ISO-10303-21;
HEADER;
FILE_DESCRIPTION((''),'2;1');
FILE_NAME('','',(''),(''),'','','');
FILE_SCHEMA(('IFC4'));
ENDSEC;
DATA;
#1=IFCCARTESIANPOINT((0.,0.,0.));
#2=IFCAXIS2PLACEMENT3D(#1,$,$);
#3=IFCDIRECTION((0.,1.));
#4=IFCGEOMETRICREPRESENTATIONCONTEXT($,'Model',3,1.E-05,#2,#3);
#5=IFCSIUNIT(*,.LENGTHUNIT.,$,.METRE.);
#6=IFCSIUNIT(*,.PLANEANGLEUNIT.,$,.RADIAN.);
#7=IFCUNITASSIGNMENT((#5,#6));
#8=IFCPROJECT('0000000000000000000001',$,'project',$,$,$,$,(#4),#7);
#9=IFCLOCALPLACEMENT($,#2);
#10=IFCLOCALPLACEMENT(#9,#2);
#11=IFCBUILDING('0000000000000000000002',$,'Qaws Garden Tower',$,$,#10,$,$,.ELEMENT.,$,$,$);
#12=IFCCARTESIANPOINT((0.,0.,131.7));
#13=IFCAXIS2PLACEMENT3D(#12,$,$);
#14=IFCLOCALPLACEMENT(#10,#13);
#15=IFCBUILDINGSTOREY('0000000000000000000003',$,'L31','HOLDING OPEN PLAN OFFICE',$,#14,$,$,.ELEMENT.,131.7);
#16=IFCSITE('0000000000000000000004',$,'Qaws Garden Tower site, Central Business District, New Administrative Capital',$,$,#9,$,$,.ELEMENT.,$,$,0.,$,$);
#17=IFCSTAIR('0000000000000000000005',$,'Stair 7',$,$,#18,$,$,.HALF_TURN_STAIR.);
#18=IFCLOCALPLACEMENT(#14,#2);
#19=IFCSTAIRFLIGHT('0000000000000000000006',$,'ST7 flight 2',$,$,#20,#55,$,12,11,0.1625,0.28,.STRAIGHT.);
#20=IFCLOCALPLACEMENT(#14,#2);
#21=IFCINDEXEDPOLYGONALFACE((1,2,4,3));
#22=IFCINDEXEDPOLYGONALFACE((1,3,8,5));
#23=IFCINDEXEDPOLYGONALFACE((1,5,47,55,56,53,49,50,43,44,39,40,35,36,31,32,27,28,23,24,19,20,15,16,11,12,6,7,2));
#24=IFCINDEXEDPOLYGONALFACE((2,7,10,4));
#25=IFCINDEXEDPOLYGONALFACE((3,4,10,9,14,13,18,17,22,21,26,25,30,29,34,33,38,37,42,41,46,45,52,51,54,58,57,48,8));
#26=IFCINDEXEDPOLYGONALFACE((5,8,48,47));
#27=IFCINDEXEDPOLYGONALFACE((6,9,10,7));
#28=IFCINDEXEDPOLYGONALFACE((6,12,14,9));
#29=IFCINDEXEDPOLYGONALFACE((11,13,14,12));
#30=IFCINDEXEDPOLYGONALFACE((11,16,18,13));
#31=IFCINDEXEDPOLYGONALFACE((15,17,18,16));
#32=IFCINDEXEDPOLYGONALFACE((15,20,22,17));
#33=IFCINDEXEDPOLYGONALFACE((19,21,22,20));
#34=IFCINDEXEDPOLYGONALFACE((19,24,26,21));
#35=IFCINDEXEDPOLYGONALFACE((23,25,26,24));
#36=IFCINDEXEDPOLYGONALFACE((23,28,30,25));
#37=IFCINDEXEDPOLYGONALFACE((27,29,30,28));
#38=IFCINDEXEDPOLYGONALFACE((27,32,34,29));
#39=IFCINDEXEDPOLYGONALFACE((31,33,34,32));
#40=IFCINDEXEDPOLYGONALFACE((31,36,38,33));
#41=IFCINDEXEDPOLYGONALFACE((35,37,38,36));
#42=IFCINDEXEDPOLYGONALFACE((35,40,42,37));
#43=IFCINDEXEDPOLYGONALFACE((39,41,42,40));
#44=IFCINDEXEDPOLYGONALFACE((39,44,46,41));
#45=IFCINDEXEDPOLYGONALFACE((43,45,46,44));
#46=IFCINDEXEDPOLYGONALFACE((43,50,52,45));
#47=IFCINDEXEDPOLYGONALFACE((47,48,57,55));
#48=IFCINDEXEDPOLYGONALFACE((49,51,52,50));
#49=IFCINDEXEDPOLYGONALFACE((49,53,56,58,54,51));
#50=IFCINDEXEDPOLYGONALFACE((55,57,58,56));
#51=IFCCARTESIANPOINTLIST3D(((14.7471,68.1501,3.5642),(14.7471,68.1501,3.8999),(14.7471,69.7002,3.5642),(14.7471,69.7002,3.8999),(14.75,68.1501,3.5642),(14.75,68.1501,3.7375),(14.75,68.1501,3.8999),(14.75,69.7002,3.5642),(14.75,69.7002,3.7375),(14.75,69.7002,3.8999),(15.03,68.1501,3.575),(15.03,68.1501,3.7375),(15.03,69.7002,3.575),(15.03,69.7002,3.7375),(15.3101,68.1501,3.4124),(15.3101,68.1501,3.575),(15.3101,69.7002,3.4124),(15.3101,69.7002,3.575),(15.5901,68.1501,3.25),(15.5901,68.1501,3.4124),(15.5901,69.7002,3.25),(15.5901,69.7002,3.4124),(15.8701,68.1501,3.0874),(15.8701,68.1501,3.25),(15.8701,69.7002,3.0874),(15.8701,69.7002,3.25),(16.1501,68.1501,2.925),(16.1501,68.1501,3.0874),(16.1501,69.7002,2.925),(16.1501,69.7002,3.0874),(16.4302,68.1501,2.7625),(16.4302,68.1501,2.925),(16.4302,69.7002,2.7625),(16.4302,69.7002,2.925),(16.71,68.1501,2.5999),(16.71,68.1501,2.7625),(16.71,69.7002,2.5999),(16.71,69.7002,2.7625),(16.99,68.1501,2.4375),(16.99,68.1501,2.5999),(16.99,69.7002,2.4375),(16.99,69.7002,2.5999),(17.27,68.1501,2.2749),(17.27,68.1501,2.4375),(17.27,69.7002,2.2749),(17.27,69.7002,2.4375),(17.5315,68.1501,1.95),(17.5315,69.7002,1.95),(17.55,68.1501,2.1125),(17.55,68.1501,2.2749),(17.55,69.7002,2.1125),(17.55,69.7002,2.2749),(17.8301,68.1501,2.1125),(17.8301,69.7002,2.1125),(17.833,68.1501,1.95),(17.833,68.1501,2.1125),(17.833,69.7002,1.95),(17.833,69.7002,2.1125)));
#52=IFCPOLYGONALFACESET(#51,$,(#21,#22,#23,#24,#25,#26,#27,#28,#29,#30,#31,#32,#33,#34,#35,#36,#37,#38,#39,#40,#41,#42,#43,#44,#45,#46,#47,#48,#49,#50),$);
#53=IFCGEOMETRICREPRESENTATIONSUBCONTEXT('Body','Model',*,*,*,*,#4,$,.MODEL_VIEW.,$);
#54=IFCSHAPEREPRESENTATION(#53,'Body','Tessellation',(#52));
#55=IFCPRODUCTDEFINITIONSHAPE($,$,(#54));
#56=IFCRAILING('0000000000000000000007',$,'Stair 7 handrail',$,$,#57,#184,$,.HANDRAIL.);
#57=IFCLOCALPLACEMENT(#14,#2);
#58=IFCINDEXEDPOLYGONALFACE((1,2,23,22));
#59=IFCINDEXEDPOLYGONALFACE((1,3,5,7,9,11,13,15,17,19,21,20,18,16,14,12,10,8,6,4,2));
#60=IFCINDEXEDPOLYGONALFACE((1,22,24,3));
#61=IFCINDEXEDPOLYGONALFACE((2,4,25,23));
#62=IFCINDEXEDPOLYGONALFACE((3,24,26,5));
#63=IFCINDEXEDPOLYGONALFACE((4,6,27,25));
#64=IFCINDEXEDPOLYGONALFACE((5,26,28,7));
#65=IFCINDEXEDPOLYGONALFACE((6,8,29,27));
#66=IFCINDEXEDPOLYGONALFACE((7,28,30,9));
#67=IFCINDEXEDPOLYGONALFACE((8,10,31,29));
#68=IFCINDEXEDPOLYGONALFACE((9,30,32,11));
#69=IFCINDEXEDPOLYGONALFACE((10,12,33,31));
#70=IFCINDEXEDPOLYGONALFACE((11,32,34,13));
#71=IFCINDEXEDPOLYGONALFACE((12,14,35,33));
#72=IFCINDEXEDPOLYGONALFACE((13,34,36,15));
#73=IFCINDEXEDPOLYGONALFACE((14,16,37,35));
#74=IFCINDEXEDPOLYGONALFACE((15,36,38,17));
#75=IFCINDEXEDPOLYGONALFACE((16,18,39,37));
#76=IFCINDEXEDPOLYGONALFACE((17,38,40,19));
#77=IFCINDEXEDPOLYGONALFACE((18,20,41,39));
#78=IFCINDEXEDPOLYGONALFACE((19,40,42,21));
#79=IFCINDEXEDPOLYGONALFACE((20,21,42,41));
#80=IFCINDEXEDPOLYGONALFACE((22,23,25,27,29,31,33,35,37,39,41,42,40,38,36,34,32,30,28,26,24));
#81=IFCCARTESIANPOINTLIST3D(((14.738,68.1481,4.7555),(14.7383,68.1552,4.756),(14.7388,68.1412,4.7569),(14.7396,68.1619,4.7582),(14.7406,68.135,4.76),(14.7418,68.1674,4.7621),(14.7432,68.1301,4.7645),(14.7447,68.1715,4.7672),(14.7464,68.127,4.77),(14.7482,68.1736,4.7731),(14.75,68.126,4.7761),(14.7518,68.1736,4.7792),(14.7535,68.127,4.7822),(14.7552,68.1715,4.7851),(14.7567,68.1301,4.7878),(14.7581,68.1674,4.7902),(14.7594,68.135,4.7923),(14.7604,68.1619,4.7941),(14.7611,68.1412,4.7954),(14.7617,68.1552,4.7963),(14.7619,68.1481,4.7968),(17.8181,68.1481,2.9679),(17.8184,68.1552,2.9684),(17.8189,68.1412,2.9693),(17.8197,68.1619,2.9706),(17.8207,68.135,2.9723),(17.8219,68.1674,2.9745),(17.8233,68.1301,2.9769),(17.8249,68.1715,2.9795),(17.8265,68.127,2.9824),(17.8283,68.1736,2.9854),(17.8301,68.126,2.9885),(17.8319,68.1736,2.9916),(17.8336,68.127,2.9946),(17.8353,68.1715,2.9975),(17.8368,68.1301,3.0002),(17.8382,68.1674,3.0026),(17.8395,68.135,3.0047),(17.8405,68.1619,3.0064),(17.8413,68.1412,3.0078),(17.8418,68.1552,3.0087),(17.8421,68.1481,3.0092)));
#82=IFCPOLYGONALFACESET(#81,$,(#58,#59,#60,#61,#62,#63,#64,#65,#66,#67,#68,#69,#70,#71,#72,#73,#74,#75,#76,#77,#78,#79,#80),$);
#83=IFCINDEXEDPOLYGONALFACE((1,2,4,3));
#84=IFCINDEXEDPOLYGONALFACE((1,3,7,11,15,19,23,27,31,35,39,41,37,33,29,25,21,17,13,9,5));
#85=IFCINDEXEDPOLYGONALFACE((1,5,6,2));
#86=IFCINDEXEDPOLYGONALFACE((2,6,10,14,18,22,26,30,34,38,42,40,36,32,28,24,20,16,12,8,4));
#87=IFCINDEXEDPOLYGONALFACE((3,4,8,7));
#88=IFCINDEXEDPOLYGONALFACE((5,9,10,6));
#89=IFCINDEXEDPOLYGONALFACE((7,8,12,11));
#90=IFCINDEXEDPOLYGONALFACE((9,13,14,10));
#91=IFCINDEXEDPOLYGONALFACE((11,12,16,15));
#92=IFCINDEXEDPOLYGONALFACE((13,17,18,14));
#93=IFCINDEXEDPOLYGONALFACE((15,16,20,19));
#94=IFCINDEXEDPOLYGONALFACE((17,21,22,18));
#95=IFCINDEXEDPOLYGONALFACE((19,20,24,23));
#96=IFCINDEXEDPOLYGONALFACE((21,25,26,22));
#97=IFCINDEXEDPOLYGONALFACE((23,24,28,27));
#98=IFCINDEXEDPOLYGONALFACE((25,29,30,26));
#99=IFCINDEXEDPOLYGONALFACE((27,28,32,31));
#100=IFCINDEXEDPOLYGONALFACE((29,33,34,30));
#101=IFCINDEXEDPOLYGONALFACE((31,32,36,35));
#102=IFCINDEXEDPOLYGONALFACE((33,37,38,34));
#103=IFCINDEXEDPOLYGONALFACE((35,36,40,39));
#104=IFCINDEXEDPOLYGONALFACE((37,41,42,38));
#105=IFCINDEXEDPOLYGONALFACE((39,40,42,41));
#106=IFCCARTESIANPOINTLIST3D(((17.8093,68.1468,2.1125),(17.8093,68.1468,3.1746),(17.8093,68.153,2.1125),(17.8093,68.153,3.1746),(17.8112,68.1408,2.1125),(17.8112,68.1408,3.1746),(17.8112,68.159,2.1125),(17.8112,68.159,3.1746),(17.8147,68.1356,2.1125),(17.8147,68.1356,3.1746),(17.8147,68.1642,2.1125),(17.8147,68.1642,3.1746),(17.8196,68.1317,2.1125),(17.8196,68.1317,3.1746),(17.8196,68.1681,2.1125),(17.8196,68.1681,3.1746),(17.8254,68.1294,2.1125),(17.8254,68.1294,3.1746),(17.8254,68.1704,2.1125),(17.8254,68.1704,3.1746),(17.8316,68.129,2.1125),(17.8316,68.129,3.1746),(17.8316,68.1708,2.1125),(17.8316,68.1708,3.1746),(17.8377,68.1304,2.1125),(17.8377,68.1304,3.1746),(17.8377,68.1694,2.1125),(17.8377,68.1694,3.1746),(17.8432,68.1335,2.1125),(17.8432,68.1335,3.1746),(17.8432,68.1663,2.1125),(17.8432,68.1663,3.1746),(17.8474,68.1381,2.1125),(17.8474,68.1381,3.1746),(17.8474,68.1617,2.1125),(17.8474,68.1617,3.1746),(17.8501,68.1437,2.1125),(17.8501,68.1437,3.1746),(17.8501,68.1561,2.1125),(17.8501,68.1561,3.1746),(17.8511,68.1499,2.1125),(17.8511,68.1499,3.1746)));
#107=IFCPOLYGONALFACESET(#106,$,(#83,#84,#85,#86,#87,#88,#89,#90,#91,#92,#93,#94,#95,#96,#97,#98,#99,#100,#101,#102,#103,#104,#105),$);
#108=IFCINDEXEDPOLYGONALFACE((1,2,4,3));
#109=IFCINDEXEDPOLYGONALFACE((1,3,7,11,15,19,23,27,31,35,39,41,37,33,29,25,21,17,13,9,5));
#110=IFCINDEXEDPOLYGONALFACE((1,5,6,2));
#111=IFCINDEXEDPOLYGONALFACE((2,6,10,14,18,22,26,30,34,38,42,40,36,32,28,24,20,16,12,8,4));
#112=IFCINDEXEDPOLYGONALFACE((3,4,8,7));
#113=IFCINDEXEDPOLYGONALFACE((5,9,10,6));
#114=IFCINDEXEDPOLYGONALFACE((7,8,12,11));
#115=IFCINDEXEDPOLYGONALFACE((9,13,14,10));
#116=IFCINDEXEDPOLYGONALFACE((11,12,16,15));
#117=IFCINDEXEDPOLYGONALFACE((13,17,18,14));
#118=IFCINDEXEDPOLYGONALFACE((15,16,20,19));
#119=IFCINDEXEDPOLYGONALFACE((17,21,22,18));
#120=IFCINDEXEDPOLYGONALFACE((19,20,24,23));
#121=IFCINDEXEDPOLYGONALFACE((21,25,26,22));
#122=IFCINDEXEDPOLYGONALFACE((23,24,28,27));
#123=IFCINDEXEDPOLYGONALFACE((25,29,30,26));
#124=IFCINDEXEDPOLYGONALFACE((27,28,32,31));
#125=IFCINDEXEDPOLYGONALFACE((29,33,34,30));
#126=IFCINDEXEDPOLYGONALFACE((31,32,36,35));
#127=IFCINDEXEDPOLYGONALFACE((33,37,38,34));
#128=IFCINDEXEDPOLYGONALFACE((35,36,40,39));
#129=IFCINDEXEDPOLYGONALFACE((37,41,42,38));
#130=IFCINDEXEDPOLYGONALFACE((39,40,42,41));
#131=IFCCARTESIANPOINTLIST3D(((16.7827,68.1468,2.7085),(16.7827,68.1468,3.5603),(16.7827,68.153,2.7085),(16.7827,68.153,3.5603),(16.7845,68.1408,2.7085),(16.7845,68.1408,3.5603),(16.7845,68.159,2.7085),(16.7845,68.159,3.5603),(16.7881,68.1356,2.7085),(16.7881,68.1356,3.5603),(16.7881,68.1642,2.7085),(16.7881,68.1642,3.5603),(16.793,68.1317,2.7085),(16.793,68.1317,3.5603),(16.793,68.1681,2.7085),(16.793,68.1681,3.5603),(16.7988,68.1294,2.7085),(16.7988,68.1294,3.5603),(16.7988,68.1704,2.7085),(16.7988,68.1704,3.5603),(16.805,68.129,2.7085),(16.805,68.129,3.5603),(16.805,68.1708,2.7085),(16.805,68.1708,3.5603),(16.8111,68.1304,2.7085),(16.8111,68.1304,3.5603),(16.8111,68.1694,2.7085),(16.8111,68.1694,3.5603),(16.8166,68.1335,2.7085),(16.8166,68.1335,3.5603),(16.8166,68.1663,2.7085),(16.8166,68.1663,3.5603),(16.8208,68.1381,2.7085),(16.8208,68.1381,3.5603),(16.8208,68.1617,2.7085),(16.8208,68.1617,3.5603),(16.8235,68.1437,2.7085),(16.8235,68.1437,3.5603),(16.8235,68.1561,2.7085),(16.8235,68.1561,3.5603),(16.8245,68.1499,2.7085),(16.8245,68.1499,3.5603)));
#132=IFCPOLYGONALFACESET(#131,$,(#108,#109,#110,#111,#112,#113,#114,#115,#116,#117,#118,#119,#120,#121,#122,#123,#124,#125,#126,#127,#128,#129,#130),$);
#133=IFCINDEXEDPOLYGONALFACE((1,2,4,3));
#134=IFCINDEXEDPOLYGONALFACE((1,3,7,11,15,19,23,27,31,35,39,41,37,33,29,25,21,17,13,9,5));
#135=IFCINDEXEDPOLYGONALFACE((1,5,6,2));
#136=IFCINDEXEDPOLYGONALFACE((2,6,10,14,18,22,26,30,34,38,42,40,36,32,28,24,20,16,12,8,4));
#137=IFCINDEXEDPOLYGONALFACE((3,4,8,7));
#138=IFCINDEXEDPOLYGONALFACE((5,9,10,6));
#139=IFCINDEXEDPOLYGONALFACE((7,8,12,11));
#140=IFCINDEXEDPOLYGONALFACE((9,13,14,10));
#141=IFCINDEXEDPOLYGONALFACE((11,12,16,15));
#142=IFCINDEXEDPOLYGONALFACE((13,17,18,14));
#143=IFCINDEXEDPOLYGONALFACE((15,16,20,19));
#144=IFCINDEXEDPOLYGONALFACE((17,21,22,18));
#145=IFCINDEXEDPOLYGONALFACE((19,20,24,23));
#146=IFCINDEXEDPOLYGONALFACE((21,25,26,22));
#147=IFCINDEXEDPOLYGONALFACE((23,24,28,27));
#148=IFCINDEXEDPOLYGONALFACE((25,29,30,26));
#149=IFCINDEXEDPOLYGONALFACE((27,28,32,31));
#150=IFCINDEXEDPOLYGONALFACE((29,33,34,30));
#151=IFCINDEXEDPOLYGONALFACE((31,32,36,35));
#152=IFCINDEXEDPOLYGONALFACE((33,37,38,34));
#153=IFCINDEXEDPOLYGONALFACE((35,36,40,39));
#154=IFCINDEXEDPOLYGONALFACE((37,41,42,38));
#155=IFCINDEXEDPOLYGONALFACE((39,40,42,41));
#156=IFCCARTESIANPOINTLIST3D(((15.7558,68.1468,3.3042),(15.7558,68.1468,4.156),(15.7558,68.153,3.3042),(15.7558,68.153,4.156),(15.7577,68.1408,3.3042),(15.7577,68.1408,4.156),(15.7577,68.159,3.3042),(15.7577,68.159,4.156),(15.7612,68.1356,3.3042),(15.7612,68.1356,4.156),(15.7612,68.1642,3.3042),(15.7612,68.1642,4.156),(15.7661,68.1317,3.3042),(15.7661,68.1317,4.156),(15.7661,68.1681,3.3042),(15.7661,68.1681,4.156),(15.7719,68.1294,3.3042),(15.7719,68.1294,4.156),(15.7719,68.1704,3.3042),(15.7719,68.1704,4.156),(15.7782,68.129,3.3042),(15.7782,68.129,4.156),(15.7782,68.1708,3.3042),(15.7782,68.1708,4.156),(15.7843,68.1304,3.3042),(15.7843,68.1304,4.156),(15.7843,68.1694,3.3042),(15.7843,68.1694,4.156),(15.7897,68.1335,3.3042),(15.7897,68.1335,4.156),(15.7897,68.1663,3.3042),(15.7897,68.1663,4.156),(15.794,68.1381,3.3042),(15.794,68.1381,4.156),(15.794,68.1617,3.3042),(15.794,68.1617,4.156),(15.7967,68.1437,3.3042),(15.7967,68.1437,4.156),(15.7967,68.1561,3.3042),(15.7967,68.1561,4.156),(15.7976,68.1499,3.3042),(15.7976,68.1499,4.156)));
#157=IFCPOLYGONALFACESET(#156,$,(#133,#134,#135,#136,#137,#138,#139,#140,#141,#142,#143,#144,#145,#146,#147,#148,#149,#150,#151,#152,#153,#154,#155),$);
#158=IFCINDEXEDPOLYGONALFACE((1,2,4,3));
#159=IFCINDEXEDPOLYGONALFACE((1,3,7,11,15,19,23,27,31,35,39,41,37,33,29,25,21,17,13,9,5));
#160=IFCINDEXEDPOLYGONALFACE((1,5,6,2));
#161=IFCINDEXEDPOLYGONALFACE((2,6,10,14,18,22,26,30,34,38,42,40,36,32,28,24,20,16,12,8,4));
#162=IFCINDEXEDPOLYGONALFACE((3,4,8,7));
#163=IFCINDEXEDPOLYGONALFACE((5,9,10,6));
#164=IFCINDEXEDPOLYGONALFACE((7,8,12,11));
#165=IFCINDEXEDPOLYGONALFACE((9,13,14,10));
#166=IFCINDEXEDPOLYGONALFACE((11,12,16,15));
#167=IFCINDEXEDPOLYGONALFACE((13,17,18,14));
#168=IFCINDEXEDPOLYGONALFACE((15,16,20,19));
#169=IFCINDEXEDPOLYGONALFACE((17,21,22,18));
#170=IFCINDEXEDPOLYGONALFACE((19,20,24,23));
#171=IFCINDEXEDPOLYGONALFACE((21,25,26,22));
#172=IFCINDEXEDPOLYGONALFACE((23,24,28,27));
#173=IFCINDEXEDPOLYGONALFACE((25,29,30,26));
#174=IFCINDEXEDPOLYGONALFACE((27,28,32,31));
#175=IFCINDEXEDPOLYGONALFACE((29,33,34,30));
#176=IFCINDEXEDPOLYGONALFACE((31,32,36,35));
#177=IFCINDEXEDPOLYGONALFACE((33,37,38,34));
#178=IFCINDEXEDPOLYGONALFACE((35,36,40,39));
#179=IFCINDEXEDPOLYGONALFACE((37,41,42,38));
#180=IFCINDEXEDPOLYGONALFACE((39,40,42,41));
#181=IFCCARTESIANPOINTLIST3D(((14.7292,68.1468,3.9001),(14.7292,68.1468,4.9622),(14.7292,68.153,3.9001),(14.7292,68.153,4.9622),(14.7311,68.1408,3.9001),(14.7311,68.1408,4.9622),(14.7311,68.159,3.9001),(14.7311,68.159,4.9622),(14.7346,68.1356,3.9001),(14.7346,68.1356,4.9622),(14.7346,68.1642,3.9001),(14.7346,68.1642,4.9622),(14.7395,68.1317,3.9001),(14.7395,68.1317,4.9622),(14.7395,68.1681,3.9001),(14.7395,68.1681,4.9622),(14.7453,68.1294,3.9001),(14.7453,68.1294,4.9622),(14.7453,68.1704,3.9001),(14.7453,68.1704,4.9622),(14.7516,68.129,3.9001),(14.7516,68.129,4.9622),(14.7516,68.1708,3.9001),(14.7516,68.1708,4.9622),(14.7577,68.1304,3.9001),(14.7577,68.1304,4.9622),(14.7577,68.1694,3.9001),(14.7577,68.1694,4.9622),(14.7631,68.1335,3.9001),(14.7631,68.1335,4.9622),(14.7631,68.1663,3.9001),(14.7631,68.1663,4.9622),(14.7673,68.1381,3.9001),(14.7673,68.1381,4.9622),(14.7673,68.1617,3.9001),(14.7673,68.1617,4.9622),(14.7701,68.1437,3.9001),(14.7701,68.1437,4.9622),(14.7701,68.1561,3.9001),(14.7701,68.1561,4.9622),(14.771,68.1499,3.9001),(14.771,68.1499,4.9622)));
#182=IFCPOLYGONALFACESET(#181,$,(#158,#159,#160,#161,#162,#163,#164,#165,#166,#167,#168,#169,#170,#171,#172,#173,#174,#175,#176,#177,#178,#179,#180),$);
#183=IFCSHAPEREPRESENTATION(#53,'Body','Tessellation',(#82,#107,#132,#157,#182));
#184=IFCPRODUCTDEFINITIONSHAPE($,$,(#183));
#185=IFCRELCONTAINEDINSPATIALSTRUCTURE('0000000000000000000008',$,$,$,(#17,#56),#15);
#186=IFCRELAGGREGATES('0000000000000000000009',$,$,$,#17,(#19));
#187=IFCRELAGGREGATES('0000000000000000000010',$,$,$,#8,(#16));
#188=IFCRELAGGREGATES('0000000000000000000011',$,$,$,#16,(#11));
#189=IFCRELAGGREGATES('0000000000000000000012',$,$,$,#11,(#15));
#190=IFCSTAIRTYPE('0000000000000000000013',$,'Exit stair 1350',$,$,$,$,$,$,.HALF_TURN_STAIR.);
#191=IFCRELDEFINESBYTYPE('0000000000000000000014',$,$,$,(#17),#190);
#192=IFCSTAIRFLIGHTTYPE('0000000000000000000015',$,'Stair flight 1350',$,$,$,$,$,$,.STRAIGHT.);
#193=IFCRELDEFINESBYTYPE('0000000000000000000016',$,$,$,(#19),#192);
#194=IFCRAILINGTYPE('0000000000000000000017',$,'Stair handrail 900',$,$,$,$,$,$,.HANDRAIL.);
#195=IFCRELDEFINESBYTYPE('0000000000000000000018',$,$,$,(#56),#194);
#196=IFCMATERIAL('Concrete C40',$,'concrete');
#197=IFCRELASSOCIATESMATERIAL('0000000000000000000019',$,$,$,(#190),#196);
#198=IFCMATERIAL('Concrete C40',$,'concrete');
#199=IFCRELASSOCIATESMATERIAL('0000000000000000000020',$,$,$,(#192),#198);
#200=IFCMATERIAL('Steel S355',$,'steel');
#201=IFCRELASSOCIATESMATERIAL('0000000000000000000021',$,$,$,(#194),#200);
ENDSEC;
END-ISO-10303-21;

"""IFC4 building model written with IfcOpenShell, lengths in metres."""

from ifc_helpers import new_model, si_unit, direction, frame, origin, origin_2d, place, context, subcontext, project, spatial, polyline, circle, outline, extrude, material, type_object, element, aggregate, save


model = new_model("IFC4")

# Units and contexts
model_context = context("Model", 3, precision=1e-05, world=origin(), true_north=direction((0.0, 1.0)))
body_context = subcontext(model_context, "Body", "Model", "MODEL_VIEW")
ifc_project = project(units=[si_unit("LENGTHUNIT", "METRE"), si_unit("PLANEANGLEUNIT", "RADIAN")], contexts=[model_context])

# Site, building, storey
site_placement = place(None, origin())
site = spatial("IfcSite", under=ifc_project, at=site_placement, Name="Qaws Garden Tower site, Central Business District, New Administrative Capital", CompositionType="ELEMENT", RefElevation=0.0)
building_placement = place(site_placement, origin())
building = spatial("IfcBuilding", under=site, at=building_placement, Name="Qaws Garden Tower", CompositionType="ELEMENT")
storey_placement = place(building_placement, frame((0.0, 0.0, 131.7)))
storey = spatial("IfcBuildingStorey", under=building, at=storey_placement, Name="L31", Description="HOLDING OPEN PLAN OFFICE", CompositionType="ELEMENT", Elevation=131.7)

# Stair, stair flight
ifc_material_1 = material(Name="Concrete C40", Category="concrete")
stair_type = type_object("IfcStairType", Name="Exit stair 1350", PredefinedType="HALF_TURN_STAIR", material=ifc_material_1)
stair_placement = place(storey_placement, origin())
stair = element("IfcStair", 1, at=stair_placement, inside=storey, type_object=stair_type, Name="Stair 7", PredefinedType="HALF_TURN_STAIR")
ifc_material_2 = material(Name="Concrete C40", Category="concrete")
stair_flight_type = type_object("IfcStairFlightType", Name="Stair flight 1350", PredefinedType="STRAIGHT", material=ifc_material_2)
stair_flight_placement = place(storey_placement, frame((17.8301, 68.925, 1.95), z_axis=(0.0, 0.0, 1.0), x_axis=(-1.0, 0.0, 0.0)))
stair_flight = element("IfcStairFlight", 2, at=stair_flight_placement, type_object=stair_flight_type, Name="ST7 flight 2", NumberOfRisers=12, NumberOfTreads=11, PredefinedType="STRAIGHT", RiserHeight=0.1625, TreadLength=0.28, context=body_context, shape_type="SweptSolid", body=[
    extrude(outline(polyline([(-0.0029, 0.0), (-0.0029, 0.1626), (0.0, 0.1626), (0.28, 0.1626), (0.28, 0.325), (0.5601, 0.325), (0.5601, 0.4875), (0.8401, 0.4875), (0.8401, 0.6499), (1.1201, 0.6499), (1.1201, 0.8125), (1.3999, 0.8125), (1.3999, 0.9751), (1.6799, 0.9751), (1.6799, 1.1375), (1.96, 1.1375), (1.96, 1.3), (2.24, 1.3), (2.24, 1.4624), (2.52, 1.4624), (2.52, 1.625), (2.8, 1.625), (2.8, 1.7876), (3.0801, 1.7876), (3.0801, 1.95), (3.083, 1.95), (3.083, 1.6143), (3.0801, 1.6143), (0.2986, 0.0), (-0.0029, 0.0)])), frame((0.0, 0.7749, 0.0), z_axis=(0.0, -1.0, 0.0), x_axis=(1.0, 0.0, 0.0)), (0.0, 0.0, 1.0), 1.55),
])
aggregate(stair, [stair_flight])

# Railing
ifc_material_3 = material(Name="Steel S355", Category="steel")
railing_type = type_object("IfcRailingType", Name="Stair handrail 900", PredefinedType="HANDRAIL", material=ifc_material_3)
railing_placement = place(storey_placement, frame((17.8301, 68.1499, 2.1125)))
element("IfcRailing", 3, at=railing_placement, inside=storey, type_object=railing_type, Name="Stair 7 handrail", PredefinedType="HANDRAIL", context=body_context, shape_type="SweptSolid", body=[
    extrude(circle(Radius=0.0239, at=origin_2d()), frame((0.0, 0.0, 0.876), z_axis=(-0.864891, 0.0, 0.50196), x_axis=(0.0, -1.0, 0.0)), (0.0, 0.0, 1.0), 3.5613),
    extrude(circle(Radius=0.021, at=origin_2d()), origin(), (0.0, 0.0, 1.0), 1.062),
    extrude(circle(Radius=0.021, at=origin_2d()), frame((-1.0266, 0.0, 0.5959)), (0.0, 0.0, 1.0), 0.8518),
    extrude(circle(Radius=0.021, at=origin_2d()), frame((-2.0535, 0.0, 1.1917)), (0.0, 0.0, 1.0), 0.8518),
    extrude(circle(Radius=0.021, at=origin_2d()), frame((-3.0801, 0.0, 1.7876)), (0.0, 0.0, 1.0), 1.062),
])

save(model, "model.ifc")
